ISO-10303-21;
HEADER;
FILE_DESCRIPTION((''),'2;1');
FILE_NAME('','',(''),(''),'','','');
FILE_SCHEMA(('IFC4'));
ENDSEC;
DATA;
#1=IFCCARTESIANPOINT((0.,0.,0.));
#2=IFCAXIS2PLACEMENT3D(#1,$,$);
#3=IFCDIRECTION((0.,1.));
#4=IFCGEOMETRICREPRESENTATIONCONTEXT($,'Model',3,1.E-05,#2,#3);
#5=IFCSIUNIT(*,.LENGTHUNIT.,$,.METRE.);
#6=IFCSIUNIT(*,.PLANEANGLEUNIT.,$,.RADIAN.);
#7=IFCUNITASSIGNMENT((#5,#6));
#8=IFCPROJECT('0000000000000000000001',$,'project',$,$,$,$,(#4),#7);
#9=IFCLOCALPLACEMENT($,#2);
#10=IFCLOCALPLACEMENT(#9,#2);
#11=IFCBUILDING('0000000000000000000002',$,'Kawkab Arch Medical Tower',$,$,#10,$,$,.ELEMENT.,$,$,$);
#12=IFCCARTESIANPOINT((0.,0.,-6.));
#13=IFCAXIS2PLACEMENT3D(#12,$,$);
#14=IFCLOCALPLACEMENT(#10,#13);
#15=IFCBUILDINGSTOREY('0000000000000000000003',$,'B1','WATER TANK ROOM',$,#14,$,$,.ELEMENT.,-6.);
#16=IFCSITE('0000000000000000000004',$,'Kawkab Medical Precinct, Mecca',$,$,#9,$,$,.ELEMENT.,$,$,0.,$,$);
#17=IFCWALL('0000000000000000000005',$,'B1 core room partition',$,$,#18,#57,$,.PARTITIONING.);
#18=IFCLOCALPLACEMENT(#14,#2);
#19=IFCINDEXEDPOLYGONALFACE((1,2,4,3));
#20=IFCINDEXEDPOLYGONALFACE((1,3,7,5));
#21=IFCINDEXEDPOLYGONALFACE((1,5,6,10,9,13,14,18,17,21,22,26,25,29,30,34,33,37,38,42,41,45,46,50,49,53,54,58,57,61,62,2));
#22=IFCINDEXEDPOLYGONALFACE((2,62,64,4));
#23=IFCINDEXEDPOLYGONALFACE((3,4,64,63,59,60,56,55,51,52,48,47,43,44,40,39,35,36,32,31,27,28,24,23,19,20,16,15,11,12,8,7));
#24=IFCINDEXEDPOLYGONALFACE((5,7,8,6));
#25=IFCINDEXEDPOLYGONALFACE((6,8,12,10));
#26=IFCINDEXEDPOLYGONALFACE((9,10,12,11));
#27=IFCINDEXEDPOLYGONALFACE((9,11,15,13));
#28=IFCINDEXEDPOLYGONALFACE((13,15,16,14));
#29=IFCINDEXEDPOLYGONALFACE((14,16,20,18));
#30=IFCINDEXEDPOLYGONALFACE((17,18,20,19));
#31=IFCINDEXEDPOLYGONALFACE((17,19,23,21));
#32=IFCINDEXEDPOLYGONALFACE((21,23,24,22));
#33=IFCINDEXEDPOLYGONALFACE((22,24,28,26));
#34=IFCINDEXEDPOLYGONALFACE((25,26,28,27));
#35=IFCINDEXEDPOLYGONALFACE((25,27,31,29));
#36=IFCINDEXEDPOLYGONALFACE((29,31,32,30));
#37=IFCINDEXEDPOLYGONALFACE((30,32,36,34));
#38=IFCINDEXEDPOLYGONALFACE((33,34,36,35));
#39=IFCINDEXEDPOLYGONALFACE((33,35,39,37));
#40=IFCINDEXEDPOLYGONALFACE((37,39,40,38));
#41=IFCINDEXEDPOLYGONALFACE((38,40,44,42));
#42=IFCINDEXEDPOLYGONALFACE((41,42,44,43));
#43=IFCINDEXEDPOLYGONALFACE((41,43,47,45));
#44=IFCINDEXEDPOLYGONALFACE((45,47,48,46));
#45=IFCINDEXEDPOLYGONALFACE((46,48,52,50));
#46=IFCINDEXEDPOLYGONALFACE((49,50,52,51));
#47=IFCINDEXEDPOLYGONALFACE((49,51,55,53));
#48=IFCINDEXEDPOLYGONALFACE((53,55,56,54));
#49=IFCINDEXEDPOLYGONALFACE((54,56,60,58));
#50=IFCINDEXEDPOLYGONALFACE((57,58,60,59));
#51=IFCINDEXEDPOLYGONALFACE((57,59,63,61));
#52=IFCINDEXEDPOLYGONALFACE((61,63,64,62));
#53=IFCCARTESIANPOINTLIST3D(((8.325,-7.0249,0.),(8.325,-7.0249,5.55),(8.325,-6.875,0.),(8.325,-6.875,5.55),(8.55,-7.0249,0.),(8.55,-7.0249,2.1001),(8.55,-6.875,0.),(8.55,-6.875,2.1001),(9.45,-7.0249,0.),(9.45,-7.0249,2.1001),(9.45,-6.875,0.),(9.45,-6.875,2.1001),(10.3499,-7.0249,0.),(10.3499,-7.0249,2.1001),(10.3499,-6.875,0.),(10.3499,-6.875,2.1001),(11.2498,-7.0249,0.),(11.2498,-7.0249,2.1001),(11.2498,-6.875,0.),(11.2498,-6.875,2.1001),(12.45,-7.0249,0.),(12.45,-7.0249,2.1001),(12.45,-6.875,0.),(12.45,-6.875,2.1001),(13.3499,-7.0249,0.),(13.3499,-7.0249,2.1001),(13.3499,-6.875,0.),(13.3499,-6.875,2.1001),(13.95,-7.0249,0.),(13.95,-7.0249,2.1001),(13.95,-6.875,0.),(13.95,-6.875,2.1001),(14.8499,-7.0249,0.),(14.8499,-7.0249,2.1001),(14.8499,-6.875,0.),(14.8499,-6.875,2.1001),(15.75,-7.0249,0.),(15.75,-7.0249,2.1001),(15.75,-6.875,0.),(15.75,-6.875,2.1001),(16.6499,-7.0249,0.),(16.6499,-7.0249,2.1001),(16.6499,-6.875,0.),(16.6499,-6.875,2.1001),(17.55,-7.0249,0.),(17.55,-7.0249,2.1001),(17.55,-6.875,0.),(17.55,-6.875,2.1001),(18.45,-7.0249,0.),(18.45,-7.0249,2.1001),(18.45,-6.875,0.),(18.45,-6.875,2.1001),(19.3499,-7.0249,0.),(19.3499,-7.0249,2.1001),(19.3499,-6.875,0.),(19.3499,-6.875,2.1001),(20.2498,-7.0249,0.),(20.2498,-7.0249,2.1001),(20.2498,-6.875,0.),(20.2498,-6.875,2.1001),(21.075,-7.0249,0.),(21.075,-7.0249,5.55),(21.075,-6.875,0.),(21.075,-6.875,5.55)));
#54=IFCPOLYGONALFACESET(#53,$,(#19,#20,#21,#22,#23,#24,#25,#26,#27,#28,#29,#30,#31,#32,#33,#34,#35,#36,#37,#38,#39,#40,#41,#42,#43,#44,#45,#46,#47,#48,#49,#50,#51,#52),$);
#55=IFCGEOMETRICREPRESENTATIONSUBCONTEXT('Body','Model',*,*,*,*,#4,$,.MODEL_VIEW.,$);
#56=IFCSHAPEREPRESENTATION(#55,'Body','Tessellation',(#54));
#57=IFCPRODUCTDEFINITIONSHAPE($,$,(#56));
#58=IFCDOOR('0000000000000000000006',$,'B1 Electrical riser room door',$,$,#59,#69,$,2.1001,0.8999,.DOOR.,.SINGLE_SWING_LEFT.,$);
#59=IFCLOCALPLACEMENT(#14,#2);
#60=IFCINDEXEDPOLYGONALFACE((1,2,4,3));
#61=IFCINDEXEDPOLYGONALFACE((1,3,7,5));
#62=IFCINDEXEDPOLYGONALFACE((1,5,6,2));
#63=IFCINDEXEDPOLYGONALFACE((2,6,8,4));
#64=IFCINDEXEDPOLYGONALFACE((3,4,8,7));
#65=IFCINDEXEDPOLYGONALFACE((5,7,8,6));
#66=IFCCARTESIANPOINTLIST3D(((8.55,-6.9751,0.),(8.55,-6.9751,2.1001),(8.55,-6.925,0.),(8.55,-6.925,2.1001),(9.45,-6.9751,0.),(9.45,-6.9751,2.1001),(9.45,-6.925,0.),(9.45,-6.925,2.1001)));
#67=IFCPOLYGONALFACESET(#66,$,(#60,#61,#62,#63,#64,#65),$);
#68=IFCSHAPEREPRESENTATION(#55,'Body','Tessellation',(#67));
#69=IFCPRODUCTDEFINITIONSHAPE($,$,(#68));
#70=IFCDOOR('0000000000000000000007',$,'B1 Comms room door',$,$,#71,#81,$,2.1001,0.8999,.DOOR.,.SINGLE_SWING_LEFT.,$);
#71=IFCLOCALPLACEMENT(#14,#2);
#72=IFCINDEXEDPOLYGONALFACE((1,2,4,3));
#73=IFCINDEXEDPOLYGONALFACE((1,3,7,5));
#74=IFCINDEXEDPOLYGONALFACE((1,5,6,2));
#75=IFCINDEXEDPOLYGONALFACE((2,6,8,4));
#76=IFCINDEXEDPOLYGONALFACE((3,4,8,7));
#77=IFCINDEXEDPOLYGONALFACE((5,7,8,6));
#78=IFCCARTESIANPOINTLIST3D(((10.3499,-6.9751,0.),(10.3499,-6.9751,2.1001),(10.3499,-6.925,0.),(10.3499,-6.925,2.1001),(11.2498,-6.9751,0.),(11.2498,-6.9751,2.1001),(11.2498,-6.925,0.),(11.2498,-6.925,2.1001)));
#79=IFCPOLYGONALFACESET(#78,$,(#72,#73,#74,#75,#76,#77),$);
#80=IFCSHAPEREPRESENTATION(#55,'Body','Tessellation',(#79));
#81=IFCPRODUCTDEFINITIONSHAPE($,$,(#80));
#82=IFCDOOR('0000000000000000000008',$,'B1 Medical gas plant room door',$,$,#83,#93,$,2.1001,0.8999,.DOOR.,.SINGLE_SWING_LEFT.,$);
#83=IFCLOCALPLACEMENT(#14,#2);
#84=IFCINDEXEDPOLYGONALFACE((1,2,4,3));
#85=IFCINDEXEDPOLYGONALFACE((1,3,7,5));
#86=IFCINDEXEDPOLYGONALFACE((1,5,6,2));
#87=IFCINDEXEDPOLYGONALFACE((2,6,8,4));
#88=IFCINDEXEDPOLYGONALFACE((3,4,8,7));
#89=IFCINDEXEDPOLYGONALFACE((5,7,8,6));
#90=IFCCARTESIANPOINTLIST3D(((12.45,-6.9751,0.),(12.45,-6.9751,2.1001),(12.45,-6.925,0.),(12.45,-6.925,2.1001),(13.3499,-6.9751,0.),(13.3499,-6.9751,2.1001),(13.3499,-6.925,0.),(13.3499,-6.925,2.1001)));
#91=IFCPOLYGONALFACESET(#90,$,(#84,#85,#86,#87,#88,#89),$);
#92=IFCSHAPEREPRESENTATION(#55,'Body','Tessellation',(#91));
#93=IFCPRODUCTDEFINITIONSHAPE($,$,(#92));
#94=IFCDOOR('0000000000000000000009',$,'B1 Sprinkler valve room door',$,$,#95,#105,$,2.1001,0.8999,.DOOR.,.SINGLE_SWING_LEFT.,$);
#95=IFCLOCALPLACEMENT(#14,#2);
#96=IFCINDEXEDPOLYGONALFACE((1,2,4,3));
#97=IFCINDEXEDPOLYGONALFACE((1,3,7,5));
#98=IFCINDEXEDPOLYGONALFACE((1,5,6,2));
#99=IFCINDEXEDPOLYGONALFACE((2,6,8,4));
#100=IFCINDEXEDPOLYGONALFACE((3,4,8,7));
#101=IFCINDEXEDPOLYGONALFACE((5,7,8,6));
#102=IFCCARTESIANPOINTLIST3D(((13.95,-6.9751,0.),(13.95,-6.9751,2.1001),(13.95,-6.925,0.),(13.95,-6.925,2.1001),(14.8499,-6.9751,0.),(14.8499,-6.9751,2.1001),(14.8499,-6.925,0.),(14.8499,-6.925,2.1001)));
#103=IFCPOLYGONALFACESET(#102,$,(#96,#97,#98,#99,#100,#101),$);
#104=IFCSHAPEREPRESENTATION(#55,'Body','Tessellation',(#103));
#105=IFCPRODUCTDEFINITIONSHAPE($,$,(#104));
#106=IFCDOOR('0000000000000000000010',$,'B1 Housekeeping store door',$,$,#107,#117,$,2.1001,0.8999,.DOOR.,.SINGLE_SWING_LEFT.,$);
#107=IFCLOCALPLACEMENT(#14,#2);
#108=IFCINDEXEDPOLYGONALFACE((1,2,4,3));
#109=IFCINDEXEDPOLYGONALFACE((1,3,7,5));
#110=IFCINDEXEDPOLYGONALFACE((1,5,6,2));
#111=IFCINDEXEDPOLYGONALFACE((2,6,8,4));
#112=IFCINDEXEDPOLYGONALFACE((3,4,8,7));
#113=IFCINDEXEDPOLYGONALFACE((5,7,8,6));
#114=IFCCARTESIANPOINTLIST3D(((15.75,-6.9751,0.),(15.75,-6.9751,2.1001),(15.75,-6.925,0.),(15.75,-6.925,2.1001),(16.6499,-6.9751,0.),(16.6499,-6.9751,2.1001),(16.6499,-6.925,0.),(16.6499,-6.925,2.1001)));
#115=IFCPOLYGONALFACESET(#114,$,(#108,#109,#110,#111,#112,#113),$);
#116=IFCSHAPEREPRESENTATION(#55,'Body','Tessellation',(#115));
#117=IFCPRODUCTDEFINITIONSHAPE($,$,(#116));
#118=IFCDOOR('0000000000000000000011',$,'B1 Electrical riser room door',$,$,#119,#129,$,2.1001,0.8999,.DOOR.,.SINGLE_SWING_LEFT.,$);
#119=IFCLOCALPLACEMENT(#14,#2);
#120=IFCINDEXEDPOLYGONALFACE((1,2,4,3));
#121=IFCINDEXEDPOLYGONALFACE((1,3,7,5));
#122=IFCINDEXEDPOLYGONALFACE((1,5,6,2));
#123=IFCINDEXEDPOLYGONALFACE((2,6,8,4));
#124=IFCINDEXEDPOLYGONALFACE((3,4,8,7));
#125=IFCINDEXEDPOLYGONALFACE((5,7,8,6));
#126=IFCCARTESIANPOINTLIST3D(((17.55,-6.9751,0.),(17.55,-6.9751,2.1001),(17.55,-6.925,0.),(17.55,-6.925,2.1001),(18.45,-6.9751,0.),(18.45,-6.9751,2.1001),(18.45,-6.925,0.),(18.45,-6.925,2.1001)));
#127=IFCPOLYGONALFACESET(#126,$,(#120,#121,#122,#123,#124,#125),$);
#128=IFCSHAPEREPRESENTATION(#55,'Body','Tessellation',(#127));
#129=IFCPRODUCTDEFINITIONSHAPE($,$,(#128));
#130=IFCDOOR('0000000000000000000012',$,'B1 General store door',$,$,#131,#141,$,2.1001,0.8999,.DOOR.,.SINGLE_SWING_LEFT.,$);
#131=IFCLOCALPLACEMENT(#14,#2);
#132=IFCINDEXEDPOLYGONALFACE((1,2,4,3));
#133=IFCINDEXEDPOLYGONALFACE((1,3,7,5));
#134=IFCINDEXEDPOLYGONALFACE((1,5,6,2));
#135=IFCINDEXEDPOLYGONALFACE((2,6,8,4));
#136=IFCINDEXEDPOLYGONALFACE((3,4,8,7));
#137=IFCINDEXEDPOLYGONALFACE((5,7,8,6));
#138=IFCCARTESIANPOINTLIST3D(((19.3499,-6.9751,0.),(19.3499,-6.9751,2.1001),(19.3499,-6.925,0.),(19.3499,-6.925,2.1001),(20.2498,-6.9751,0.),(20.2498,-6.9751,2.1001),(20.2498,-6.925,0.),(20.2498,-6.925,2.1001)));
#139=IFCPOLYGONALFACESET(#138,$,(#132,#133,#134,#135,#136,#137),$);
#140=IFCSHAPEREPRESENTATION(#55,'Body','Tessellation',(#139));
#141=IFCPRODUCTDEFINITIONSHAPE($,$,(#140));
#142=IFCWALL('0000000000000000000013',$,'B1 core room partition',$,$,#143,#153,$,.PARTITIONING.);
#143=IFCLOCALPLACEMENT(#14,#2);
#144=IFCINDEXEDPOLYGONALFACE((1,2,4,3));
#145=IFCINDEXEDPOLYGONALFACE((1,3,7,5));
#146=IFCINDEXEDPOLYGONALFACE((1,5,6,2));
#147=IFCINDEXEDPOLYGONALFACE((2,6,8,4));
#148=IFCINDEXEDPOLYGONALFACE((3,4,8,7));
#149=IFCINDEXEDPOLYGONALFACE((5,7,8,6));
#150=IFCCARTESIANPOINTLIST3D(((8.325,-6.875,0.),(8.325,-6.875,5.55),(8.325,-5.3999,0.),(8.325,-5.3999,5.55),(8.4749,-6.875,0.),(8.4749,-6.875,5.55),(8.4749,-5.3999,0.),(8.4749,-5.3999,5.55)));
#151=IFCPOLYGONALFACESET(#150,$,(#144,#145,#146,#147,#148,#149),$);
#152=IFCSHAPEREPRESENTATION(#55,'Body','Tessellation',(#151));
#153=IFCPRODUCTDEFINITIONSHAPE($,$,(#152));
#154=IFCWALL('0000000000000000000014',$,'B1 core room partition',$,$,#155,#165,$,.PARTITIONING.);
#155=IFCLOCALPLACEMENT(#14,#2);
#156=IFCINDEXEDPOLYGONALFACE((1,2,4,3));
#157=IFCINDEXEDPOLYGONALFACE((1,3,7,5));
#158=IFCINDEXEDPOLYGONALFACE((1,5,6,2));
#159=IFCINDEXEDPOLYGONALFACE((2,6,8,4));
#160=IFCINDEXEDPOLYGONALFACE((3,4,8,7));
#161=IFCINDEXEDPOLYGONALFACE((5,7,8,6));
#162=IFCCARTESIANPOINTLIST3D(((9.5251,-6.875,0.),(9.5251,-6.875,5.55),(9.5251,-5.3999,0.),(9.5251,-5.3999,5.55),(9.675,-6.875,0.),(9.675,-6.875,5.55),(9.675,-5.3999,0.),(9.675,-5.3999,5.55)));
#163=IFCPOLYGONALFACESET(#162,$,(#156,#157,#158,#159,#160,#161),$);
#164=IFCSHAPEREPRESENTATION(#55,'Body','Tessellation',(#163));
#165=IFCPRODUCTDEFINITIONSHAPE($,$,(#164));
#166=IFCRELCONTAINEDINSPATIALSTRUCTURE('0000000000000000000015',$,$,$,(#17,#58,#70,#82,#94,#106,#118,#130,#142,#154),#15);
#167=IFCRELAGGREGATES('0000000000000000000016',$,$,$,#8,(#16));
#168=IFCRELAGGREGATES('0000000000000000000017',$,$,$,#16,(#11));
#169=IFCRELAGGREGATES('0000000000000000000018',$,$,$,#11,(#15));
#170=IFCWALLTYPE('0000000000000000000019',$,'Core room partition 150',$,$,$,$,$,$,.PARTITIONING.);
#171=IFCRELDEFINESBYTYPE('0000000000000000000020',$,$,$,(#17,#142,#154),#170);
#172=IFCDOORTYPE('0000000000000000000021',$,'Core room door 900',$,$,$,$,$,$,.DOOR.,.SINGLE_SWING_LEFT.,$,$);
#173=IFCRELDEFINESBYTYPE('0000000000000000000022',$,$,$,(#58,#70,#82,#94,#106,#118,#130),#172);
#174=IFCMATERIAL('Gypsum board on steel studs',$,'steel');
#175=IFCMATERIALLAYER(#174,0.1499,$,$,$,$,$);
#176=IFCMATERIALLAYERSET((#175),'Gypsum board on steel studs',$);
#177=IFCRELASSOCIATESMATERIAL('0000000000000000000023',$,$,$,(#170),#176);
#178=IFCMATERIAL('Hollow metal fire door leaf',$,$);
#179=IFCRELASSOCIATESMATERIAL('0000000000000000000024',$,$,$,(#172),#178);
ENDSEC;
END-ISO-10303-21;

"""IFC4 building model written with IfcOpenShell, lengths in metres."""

from ifc_helpers import new_model, si_unit, direction, frame, frame_2d, origin, place, context, subcontext, project, spatial, rectangle, extrude, material, layer, layer_set, type_object, element, fill, save


model = new_model("IFC4")

# Units and contexts
model_context = context("Model", 3, precision=1e-05, world=origin(), true_north=direction((0.0, 1.0)))
body_context = subcontext(model_context, "Body", "Model", "MODEL_VIEW")
ifc_project = project(units=[si_unit("LENGTHUNIT", "METRE"), si_unit("PLANEANGLEUNIT", "RADIAN")], contexts=[model_context])

# Site, building, storey
site_placement = place(None, origin())
site = spatial("IfcSite", under=ifc_project, at=site_placement, Name="Kawkab Medical Precinct, Mecca", CompositionType="ELEMENT", RefElevation=0.0)
building_placement = place(site_placement, origin())
building = spatial("IfcBuilding", under=site, at=building_placement, Name="Kawkab Arch Medical Tower", CompositionType="ELEMENT")
storey_placement = place(building_placement, frame((0.0, 0.0, -6.0)))
storey = spatial("IfcBuildingStorey", under=building, at=storey_placement, Name="B1", Description="WATER TANK ROOM", CompositionType="ELEMENT", Elevation=-6.0)

# Wall, openings, doors
ifc_material_1 = material(Name="Gypsum board on steel studs", Category="steel")
ifc_layer_1 = layer(ifc_material_1, 0.1499)
ifc_layer_set_1 = layer_set([ifc_layer_1], Name="Gypsum board on steel studs")
wall_type_1 = type_object("IfcWallType", Name="Core room partition 150", PredefinedType="PARTITIONING", material=ifc_layer_set_1)
wall_placement = place(storey_placement, frame((8.325, -6.95, 0.0), z_axis=(0.0, 0.0, 1.0), x_axis=(1.0, 0.0, 0.0)))
wall = element("IfcWall", 1, at=wall_placement, inside=storey, type_object=wall_type_1, Name="B1 core room partition", PredefinedType="PARTITIONING", context=body_context, shape_type="SweptSolid", body=[
    extrude(rectangle(XDim=12.75, YDim=0.1499, at=frame_2d((6.375, 0.0))), origin(), (0.0, 0.0, 1.0), 5.55),
])
opening_1_placement = place(wall_placement, frame((0.2251, 0.0, 0.0)))
opening_1 = element("IfcOpeningElement", 2, at=opening_1_placement, cuts=wall, PredefinedType="OPENING", context=body_context, shape_type="SweptSolid", body=[
    extrude(rectangle(XDim=0.8999, YDim=2.1001, at=frame_2d((0.45, 1.05))), frame((0.0, 0.085, 0.0), z_axis=(0.0, -1.0, 0.0), x_axis=(1.0, 0.0, 0.0)), (0.0, 0.0, 1.0), 0.1699),
])
opening_2_placement = place(wall_placement, frame((2.0249, 0.0, 0.0)))
opening_2 = element("IfcOpeningElement", 3, at=opening_2_placement, cuts=wall, PredefinedType="OPENING", context=body_context, shape_type="SweptSolid", body=[
    extrude(rectangle(XDim=0.8999, YDim=2.1001, at=frame_2d((0.45, 1.05))), frame((0.0, 0.085, 0.0), z_axis=(0.0, -1.0, 0.0), x_axis=(1.0, 0.0, 0.0)), (0.0, 0.0, 1.0), 0.1699),
])
opening_3_placement = place(wall_placement, frame((4.125, 0.0, 0.0)))
opening_3 = element("IfcOpeningElement", 4, at=opening_3_placement, cuts=wall, PredefinedType="OPENING", context=body_context, shape_type="SweptSolid", body=[
    extrude(rectangle(XDim=0.8999, YDim=2.1001, at=frame_2d((0.45, 1.05))), frame((0.0, 0.085, 0.0), z_axis=(0.0, -1.0, 0.0), x_axis=(1.0, 0.0, 0.0)), (0.0, 0.0, 1.0), 0.1699),
])
opening_4_placement = place(wall_placement, frame((5.625, 0.0, 0.0)))
opening_4 = element("IfcOpeningElement", 5, at=opening_4_placement, cuts=wall, PredefinedType="OPENING", context=body_context, shape_type="SweptSolid", body=[
    extrude(rectangle(XDim=0.8999, YDim=2.1001, at=frame_2d((0.45, 1.05))), frame((0.0, 0.085, 0.0), z_axis=(0.0, -1.0, 0.0), x_axis=(1.0, 0.0, 0.0)), (0.0, 0.0, 1.0), 0.1699),
])
opening_5_placement = place(wall_placement, frame((7.425, 0.0, 0.0)))
opening_5 = element("IfcOpeningElement", 6, at=opening_5_placement, cuts=wall, PredefinedType="OPENING", context=body_context, shape_type="SweptSolid", body=[
    extrude(rectangle(XDim=0.8999, YDim=2.1001, at=frame_2d((0.45, 1.05))), frame((0.0, 0.085, 0.0), z_axis=(0.0, -1.0, 0.0), x_axis=(1.0, 0.0, 0.0)), (0.0, 0.0, 1.0), 0.1699),
])
opening_6_placement = place(wall_placement, frame((9.2251, 0.0, 0.0)))
opening_6 = element("IfcOpeningElement", 7, at=opening_6_placement, cuts=wall, PredefinedType="OPENING", context=body_context, shape_type="SweptSolid", body=[
    extrude(rectangle(XDim=0.8999, YDim=2.1001, at=frame_2d((0.45, 1.05))), frame((0.0, 0.085, 0.0), z_axis=(0.0, -1.0, 0.0), x_axis=(1.0, 0.0, 0.0)), (0.0, 0.0, 1.0), 0.1699),
])
opening_7_placement = place(wall_placement, frame((11.0249, 0.0, 0.0)))
opening_7 = element("IfcOpeningElement", 8, at=opening_7_placement, cuts=wall, PredefinedType="OPENING", context=body_context, shape_type="SweptSolid", body=[
    extrude(rectangle(XDim=0.8999, YDim=2.1001, at=frame_2d((0.45, 1.05))), frame((0.0, 0.085, 0.0), z_axis=(0.0, -1.0, 0.0), x_axis=(1.0, 0.0, 0.0)), (0.0, 0.0, 1.0), 0.1699),
])
ifc_material_2 = material(Name="Hollow metal fire door leaf")
door_type = type_object("IfcDoorType", Name="Core room door 900", OperationType="SINGLE_SWING_LEFT", PredefinedType="DOOR", material=ifc_material_2)
door_1_placement = place(opening_1_placement, origin())
door_1 = element("IfcDoor", 9, at=door_1_placement, inside=storey, type_object=door_type, Name="B1 Electrical riser room door", OperationType="SINGLE_SWING_LEFT", OverallHeight=2.1001, OverallWidth=0.8999, PredefinedType="DOOR", context=body_context, shape_type="SweptSolid", body=[
    extrude(rectangle(XDim=0.8999, YDim=2.1001, at=frame_2d((0.45, 1.05))), frame((0.0, 0.0249, 0.0), z_axis=(0.0, -1.0, 0.0), x_axis=(1.0, 0.0, 0.0)), (0.0, 0.0, 1.0), 0.05),
])
fill(opening_1, door_1)
door_2_placement = place(opening_2_placement, origin())
door_2 = element("IfcDoor", 10, at=door_2_placement, inside=storey, type_object=door_type, Name="B1 Comms room door", OperationType="SINGLE_SWING_LEFT", OverallHeight=2.1001, OverallWidth=0.8999, PredefinedType="DOOR", context=body_context, shape_type="SweptSolid", body=[
    extrude(rectangle(XDim=0.8999, YDim=2.1001, at=frame_2d((0.45, 1.05))), frame((0.0, 0.0249, 0.0), z_axis=(0.0, -1.0, 0.0), x_axis=(1.0, 0.0, 0.0)), (0.0, 0.0, 1.0), 0.05),
])
fill(opening_2, door_2)
door_3_placement = place(opening_3_placement, origin())
door_3 = element("IfcDoor", 11, at=door_3_placement, inside=storey, type_object=door_type, Name="B1 Medical gas plant room door", OperationType="SINGLE_SWING_LEFT", OverallHeight=2.1001, OverallWidth=0.8999, PredefinedType="DOOR", context=body_context, shape_type="SweptSolid", body=[
    extrude(rectangle(XDim=0.8999, YDim=2.1001, at=frame_2d((0.45, 1.05))), frame((0.0, 0.0249, 0.0), z_axis=(0.0, -1.0, 0.0), x_axis=(1.0, 0.0, 0.0)), (0.0, 0.0, 1.0), 0.05),
])
fill(opening_3, door_3)
door_4_placement = place(opening_4_placement, origin())
door_4 = element("IfcDoor", 12, at=door_4_placement, inside=storey, type_object=door_type, Name="B1 Sprinkler valve room door", OperationType="SINGLE_SWING_LEFT", OverallHeight=2.1001, OverallWidth=0.8999, PredefinedType="DOOR", context=body_context, shape_type="SweptSolid", body=[
    extrude(rectangle(XDim=0.8999, YDim=2.1001, at=frame_2d((0.45, 1.05))), frame((0.0, 0.0249, 0.0), z_axis=(0.0, -1.0, 0.0), x_axis=(1.0, 0.0, 0.0)), (0.0, 0.0, 1.0), 0.05),
])
fill(opening_4, door_4)
door_5_placement = place(opening_5_placement, origin())
door_5 = element("IfcDoor", 13, at=door_5_placement, inside=storey, type_object=door_type, Name="B1 Housekeeping store door", OperationType="SINGLE_SWING_LEFT", OverallHeight=2.1001, OverallWidth=0.8999, PredefinedType="DOOR", context=body_context, shape_type="SweptSolid", body=[
    extrude(rectangle(XDim=0.8999, YDim=2.1001, at=frame_2d((0.45, 1.05))), frame((0.0, 0.0249, 0.0), z_axis=(0.0, -1.0, 0.0), x_axis=(1.0, 0.0, 0.0)), (0.0, 0.0, 1.0), 0.05),
])
fill(opening_5, door_5)
door_6_placement = place(opening_6_placement, origin())
door_6 = element("IfcDoor", 14, at=door_6_placement, inside=storey, type_object=door_type, Name="B1 Electrical riser room door", OperationType="SINGLE_SWING_LEFT", OverallHeight=2.1001, OverallWidth=0.8999, PredefinedType="DOOR", context=body_context, shape_type="SweptSolid", body=[
    extrude(rectangle(XDim=0.8999, YDim=2.1001, at=frame_2d((0.45, 1.05))), frame((0.0, 0.0249, 0.0), z_axis=(0.0, -1.0, 0.0), x_axis=(1.0, 0.0, 0.0)), (0.0, 0.0, 1.0), 0.05),
])
fill(opening_6, door_6)
door_7_placement = place(opening_7_placement, origin())
door_7 = element("IfcDoor", 15, at=door_7_placement, inside=storey, type_object=door_type, Name="B1 General store door", OperationType="SINGLE_SWING_LEFT", OverallHeight=2.1001, OverallWidth=0.8999, PredefinedType="DOOR", context=body_context, shape_type="SweptSolid", body=[
    extrude(rectangle(XDim=0.8999, YDim=2.1001, at=frame_2d((0.45, 1.05))), frame((0.0, 0.0249, 0.0), z_axis=(0.0, -1.0, 0.0), x_axis=(1.0, 0.0, 0.0)), (0.0, 0.0, 1.0), 0.05),
])
fill(opening_7, door_7)

# Walls
for number, where, z_axis, x_axis, name in (
    (16, (8.3999, -6.875, 0.0), (0.0, 0.0, 1.0), (0.0, 1.0, 0.0), "B1 core room partition"),
    (17, (9.6001, -6.875, 0.0), (0.0, 0.0, 1.0), (0.0, 1.0, 0.0), "B1 core room partition"),
):
    element("IfcWall", number, at=place(storey_placement, frame(where, z_axis=z_axis, x_axis=x_axis)), inside=storey, type_object=wall_type_1, Name=name, PredefinedType="PARTITIONING", context=body_context, shape_type="SweptSolid", body=[
        extrude(rectangle(XDim=1.4751, YDim=0.1499, at=frame_2d((0.7375, 0.0))), origin(), (0.0, 0.0, 1.0), 5.55),
    ])

save(model, "model.ifc")
